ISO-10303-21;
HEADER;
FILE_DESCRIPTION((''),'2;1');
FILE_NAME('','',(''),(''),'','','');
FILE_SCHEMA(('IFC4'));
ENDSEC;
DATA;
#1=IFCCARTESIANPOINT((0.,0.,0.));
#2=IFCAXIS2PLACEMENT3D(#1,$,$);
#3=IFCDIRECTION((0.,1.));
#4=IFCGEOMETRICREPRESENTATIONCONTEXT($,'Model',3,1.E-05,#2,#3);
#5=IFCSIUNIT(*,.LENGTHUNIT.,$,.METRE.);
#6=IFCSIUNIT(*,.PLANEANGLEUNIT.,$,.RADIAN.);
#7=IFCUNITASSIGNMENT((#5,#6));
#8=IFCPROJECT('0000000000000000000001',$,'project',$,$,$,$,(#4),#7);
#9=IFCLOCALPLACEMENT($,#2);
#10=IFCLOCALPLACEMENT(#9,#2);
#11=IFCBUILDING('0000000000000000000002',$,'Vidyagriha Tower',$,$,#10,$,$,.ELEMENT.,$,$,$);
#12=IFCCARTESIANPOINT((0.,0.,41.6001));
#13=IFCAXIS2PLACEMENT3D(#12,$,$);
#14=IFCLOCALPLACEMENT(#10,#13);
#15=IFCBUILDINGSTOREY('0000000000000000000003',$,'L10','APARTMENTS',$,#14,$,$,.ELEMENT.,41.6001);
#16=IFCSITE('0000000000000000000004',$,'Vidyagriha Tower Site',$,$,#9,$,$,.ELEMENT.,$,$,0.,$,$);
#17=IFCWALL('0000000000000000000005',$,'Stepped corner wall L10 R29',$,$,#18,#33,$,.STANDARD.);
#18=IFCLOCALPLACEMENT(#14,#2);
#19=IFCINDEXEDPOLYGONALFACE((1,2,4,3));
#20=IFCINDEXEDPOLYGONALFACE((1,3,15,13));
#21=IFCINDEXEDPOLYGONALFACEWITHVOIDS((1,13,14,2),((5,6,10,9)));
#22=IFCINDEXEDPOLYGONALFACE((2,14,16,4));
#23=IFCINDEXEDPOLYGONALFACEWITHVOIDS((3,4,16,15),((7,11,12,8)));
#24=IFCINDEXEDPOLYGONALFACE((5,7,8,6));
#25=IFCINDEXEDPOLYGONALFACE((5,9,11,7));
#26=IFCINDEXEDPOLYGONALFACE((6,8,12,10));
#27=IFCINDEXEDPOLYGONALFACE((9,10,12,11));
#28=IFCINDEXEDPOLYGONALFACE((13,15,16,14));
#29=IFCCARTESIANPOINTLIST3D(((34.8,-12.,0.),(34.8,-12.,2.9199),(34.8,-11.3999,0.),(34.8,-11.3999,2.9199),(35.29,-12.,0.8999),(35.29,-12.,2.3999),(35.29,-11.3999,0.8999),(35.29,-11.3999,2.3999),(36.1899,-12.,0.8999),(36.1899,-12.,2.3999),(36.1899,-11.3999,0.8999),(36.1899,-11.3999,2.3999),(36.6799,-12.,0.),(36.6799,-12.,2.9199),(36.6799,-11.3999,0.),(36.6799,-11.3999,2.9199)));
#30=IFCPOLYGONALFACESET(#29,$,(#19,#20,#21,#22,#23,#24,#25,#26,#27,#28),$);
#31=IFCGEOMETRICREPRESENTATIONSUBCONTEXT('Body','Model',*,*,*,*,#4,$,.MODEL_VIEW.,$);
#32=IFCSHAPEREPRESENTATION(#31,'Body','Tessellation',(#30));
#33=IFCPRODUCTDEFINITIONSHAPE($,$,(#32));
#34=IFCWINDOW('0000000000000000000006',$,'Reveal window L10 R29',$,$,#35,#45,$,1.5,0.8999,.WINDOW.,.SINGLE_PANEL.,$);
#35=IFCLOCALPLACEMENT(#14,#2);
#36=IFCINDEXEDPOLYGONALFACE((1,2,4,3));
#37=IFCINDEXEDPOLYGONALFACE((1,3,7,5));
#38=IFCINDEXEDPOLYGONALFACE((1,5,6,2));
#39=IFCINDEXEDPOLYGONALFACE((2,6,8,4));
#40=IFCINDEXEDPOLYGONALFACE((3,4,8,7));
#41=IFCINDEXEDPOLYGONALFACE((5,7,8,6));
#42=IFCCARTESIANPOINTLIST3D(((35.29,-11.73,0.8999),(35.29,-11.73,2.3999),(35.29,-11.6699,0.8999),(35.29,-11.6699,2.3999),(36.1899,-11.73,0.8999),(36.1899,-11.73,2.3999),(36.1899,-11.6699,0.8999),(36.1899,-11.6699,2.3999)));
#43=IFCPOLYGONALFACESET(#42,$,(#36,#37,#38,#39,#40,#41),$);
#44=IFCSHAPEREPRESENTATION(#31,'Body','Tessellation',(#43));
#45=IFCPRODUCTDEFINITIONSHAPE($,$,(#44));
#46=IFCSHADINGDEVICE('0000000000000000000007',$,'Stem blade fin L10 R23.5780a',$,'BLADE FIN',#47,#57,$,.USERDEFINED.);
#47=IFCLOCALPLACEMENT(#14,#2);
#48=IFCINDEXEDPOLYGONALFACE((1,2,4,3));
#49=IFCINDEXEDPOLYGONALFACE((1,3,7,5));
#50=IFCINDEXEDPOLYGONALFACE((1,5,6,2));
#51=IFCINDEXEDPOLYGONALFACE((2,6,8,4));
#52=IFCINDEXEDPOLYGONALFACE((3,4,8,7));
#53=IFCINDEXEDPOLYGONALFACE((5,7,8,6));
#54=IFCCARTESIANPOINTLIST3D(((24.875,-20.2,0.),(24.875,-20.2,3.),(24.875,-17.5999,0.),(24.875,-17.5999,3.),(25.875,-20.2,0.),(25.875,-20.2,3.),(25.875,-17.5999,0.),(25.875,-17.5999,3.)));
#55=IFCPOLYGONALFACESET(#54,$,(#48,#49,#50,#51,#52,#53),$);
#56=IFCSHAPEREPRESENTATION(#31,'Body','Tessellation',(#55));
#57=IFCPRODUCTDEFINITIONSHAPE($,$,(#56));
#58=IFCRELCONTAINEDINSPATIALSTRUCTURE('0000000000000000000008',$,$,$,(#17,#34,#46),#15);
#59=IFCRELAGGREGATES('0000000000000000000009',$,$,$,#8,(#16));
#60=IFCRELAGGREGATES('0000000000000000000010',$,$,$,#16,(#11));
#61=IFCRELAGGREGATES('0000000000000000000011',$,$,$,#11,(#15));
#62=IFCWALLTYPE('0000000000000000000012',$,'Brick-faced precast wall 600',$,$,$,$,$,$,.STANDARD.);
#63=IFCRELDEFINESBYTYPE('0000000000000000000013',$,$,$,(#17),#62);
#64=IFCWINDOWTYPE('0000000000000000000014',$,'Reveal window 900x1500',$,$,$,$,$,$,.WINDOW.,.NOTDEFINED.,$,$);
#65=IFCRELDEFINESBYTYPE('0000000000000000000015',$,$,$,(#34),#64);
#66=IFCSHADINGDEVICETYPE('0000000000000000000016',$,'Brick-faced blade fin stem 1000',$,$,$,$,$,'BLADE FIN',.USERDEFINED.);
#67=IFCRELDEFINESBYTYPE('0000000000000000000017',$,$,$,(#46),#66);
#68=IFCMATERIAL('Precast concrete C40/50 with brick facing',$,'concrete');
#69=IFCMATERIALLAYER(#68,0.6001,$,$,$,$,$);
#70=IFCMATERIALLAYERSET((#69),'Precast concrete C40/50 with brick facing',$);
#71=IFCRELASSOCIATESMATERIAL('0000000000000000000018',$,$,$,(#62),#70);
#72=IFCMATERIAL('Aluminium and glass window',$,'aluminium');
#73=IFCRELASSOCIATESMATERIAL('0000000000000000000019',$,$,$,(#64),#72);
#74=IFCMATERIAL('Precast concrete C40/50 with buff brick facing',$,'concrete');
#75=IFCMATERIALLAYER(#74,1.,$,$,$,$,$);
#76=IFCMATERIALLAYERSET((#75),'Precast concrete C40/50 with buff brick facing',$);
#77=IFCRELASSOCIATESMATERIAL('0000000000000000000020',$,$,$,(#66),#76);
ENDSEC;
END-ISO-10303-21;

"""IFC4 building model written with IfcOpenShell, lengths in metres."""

from ifc_helpers import new_model, si_unit, direction, frame, frame_2d, origin, place, context, subcontext, project, spatial, polyline, rectangle, outline, extrude, material, layer, layer_set, type_object, element, fill, save


model = new_model("IFC4")

# Units and contexts
model_context = context("Model", 3, precision=1e-05, world=origin(), true_north=direction((0.0, 1.0)))
body_context = subcontext(model_context, "Body", "Model", "MODEL_VIEW")
ifc_project = project(units=[si_unit("LENGTHUNIT", "METRE"), si_unit("PLANEANGLEUNIT", "RADIAN")], contexts=[model_context])

# Site, building, storey
site_placement = place(None, origin())
site = spatial("IfcSite", under=ifc_project, at=site_placement, Name="Vidyagriha Tower Site", CompositionType="ELEMENT", RefElevation=0.0)
building_placement = place(site_placement, origin())
building = spatial("IfcBuilding", under=site, at=building_placement, Name="Vidyagriha Tower", CompositionType="ELEMENT")
storey_placement = place(building_placement, frame((0.0, 0.0, 41.6001)))
storey = spatial("IfcBuildingStorey", under=building, at=storey_placement, Name="L10", Description="APARTMENTS", CompositionType="ELEMENT", Elevation=41.6001)

# Shared definitions
ifc_material_1 = material(Name="Precast concrete C40/50 with brick facing", Category="concrete")
ifc_layer_1 = layer(ifc_material_1, 0.6001)
ifc_layer_set_1 = layer_set([ifc_layer_1], Name="Precast concrete C40/50 with brick facing")
wall_type = type_object("IfcWallType", Name="Brick-faced precast wall 600", PredefinedType="STANDARD", material=ifc_layer_set_1)

# Shared definitions
ifc_material_2 = material(Name="Aluminium and glass window", Category="aluminium")
window_type = type_object("IfcWindowType", Name="Reveal window 900x1500", PartitioningType="NOTDEFINED", PredefinedType="WINDOW", material=ifc_material_2)

# Wall, opening, window
wall_1_placement = place(storey_placement, frame((34.8, -11.7, 0.0)))
wall_1 = element("IfcWall", 1, at=wall_1_placement, inside=storey, type_object=wall_type, Name="Stepped corner wall L10 R29", PredefinedType="STANDARD", context=body_context, shape_type="SweptSolid", body=[
    extrude(rectangle(XDim=1.8799, YDim=0.6001, at=frame_2d((0.9399, 0.0))), origin(), (0.0, 0.0, 1.0), 2.9199),
])
opening_1_placement = place(wall_1_placement, frame((0.49, 0.0, 0.8999)))
opening_1 = element("IfcOpeningElement", 2, at=opening_1_placement, cuts=wall_1, PredefinedType="OPENING", context=body_context, shape_type="SweptSolid", body=[
    extrude(rectangle(XDim=0.8999, YDim=1.5, at=frame_2d((0.45, 0.75))), frame((0.0, 0.3101, 0.0), z_axis=(0.0, -1.0, 0.0), x_axis=(1.0, 0.0, 0.0)), (0.0, 0.0, 1.0), 0.6201),
])
window_1_placement = place(opening_1_placement, origin())
window_1 = element("IfcWindow", 3, at=window_1_placement, inside=storey, type_object=window_type, Name="Reveal window L10 R29", OverallHeight=1.5, OverallWidth=0.8999, PartitioningType="SINGLE_PANEL", PredefinedType="WINDOW", context=body_context, shape_type="SweptSolid", body=[
    extrude(rectangle(XDim=0.8999, YDim=1.5, at=frame_2d((0.45, 0.75))), frame((0.0, 0.03, 0.0), z_axis=(0.0, -1.0, 0.0), x_axis=(1.0, 0.0, 0.0)), (0.0, 0.0, 1.0), 0.0601),
])
fill(opening_1, window_1)

# Shading device
ifc_material_3 = material(Name="Precast concrete C40/50 with buff brick facing", Category="concrete")
ifc_layer_2 = layer(ifc_material_3, 1.0)
ifc_layer_set_2 = layer_set([ifc_layer_2], Name="Precast concrete C40/50 with buff brick facing")
shading_device_type = type_object("IfcShadingDeviceType", Name="Brick-faced blade fin stem 1000", ElementType="BLADE FIN", PredefinedType="USERDEFINED", material=ifc_layer_set_2)
shading_device_placement = place(storey_placement, frame((24.875, -18.8999, 0.0)))
element("IfcShadingDevice", 4, at=shading_device_placement, inside=storey, type_object=shading_device_type, Name="Stem blade fin L10 R23.5780a", ObjectType="BLADE FIN", PredefinedType="USERDEFINED", context=body_context, shape_type="SweptSolid", body=[
    extrude(outline(polyline([(0.0, 0.0), (1.0, 0.0), (1.0, 3.0), (0.0, 3.0), (0.0, 0.0)])), frame((0.0, 1.3, 0.0), z_axis=(0.0, -1.0, 0.0), x_axis=(1.0, 0.0, 0.0)), (0.0, 0.0, 1.0), 2.6001),
])

save(model, "model.ifc")
